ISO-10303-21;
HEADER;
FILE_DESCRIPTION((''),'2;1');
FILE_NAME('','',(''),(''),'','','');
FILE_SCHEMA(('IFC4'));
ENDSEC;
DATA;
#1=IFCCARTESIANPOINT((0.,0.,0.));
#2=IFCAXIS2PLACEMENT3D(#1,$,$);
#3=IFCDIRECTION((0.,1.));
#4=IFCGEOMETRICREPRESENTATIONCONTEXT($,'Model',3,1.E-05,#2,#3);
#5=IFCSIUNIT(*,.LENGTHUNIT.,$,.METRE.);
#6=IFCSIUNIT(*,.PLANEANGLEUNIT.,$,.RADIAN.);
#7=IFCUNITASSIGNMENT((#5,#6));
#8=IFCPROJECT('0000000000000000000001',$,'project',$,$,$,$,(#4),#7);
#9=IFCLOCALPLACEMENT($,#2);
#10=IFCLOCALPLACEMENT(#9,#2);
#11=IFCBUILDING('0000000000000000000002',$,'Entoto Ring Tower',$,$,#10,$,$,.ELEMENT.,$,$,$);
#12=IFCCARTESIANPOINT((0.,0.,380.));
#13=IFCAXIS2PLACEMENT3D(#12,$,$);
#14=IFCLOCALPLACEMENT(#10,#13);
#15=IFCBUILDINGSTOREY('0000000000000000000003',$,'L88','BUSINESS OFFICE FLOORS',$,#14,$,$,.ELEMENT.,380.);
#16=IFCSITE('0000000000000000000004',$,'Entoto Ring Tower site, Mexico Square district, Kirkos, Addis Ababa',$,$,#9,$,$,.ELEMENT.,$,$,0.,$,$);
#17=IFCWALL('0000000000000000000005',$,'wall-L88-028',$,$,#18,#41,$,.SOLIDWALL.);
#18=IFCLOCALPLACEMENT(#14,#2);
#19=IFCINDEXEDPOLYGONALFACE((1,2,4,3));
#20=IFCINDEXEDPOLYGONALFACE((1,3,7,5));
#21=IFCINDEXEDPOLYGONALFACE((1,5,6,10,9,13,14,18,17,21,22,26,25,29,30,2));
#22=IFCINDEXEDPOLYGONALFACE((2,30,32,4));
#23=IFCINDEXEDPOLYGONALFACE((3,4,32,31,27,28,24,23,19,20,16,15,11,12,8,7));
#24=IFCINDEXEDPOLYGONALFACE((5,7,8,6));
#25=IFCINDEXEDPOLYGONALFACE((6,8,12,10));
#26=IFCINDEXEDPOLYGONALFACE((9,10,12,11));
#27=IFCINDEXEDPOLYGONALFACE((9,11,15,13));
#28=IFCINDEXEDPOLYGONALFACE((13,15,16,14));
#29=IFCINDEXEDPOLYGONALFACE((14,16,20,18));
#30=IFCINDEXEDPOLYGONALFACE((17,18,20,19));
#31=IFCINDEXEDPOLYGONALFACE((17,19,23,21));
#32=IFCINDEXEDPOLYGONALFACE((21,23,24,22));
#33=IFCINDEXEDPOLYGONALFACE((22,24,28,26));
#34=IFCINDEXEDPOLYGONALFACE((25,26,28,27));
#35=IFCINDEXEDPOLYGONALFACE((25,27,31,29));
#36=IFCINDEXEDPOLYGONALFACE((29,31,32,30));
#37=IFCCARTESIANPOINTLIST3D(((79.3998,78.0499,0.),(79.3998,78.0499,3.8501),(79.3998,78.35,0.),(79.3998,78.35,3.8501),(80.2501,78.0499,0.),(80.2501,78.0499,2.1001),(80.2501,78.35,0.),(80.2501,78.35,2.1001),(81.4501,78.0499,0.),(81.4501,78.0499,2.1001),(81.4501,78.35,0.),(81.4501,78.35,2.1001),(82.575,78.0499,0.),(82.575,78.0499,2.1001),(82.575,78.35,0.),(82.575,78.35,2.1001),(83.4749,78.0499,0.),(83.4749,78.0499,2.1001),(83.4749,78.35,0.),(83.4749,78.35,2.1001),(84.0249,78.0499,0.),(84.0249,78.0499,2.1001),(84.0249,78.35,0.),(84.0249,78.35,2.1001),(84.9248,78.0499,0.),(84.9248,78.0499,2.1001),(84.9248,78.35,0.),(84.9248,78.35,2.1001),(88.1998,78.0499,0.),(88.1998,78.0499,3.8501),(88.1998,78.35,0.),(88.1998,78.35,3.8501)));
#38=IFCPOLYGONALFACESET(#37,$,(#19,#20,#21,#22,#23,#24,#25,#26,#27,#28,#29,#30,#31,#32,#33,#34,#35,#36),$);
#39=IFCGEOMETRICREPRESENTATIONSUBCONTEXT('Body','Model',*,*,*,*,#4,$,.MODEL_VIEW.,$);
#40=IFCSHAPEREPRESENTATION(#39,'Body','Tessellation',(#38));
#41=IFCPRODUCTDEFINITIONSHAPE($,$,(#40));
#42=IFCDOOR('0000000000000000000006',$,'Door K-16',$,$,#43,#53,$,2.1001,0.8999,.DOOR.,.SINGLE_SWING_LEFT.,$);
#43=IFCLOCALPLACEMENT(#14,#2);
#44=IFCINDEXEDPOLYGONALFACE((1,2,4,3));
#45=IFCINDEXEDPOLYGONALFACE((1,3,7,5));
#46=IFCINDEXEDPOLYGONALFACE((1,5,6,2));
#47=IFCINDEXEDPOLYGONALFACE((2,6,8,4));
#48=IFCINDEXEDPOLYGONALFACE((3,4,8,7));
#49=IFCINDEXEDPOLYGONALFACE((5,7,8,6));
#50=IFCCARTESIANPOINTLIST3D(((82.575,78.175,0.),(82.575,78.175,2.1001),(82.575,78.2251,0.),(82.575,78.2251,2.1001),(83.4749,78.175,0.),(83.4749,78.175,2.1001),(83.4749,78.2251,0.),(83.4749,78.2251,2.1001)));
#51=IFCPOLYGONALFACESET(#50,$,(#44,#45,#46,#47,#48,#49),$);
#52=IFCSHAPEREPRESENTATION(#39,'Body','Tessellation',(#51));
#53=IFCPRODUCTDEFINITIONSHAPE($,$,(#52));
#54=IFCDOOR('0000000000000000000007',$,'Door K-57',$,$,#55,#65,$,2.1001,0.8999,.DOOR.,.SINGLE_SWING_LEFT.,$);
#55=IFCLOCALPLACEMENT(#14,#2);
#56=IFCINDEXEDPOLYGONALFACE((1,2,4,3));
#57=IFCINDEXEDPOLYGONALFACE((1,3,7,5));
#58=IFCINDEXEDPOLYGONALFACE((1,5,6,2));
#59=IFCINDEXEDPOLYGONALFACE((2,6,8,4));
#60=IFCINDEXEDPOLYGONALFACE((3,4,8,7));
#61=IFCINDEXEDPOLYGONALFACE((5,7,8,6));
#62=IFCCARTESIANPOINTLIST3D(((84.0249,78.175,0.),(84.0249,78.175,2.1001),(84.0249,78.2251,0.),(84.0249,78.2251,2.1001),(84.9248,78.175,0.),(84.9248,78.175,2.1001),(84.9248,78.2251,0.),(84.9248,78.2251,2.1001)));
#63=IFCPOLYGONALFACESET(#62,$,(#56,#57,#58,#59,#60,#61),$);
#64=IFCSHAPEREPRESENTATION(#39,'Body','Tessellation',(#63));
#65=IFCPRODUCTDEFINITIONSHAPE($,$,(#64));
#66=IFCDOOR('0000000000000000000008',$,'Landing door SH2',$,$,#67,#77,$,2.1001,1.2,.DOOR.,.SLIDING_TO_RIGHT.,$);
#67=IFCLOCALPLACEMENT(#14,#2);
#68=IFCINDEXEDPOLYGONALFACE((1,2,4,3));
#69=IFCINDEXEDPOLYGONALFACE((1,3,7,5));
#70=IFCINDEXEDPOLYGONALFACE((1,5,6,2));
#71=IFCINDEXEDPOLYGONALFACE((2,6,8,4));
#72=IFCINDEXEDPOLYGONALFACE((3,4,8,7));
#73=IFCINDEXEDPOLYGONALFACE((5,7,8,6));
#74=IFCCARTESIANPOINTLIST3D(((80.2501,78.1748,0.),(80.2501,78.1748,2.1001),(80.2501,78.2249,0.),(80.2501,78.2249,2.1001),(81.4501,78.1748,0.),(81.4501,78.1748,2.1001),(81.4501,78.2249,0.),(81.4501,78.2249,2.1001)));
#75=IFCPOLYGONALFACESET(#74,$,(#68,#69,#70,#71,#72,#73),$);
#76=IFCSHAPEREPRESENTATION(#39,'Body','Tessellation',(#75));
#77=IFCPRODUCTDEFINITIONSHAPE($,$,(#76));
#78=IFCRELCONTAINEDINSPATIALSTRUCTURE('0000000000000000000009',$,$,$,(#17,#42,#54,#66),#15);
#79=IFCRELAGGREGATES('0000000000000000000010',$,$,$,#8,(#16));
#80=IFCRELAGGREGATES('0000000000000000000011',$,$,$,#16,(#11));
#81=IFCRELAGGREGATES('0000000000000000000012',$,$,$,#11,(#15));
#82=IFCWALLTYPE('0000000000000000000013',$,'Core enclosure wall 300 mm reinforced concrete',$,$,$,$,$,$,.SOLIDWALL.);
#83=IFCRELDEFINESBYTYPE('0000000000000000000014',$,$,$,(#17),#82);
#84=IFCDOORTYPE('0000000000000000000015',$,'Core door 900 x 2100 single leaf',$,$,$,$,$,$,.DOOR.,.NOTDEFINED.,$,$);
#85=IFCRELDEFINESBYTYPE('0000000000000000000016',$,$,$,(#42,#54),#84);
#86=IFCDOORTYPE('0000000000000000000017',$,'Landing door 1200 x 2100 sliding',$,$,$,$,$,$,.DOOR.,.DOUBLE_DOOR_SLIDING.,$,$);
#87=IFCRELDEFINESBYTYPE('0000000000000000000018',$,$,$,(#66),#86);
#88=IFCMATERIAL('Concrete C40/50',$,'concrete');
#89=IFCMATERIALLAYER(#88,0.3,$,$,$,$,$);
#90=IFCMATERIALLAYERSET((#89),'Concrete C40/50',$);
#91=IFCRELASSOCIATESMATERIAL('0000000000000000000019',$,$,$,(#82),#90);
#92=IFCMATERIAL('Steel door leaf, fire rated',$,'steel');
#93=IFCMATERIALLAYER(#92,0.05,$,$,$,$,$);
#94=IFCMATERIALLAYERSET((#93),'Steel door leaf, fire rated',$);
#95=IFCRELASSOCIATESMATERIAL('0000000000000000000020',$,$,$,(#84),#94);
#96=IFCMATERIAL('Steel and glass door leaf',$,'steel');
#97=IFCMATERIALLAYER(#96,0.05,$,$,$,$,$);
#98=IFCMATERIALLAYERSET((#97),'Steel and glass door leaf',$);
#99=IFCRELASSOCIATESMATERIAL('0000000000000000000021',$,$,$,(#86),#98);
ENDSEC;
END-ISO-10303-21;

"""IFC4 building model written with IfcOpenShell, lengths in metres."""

from ifc_helpers import new_model, si_unit, direction, frame, frame_2d, origin, place, context, subcontext, project, spatial, rectangle, extrude, material, layer, layer_set, type_object, element, fill, save


model = new_model("IFC4")

# Units and contexts
model_context = context("Model", 3, precision=1e-05, world=origin(), true_north=direction((0.0, 1.0)))
body_context = subcontext(model_context, "Body", "Model", "MODEL_VIEW")
ifc_project = project(units=[si_unit("LENGTHUNIT", "METRE"), si_unit("PLANEANGLEUNIT", "RADIAN")], contexts=[model_context])

# Site, building, storey
site_placement = place(None, origin())
site = spatial("IfcSite", under=ifc_project, at=site_placement, Name="Entoto Ring Tower site, Mexico Square district, Kirkos, Addis Ababa", CompositionType="ELEMENT", RefElevation=0.0)
building_placement = place(site_placement, origin())
building = spatial("IfcBuilding", under=site, at=building_placement, Name="Entoto Ring Tower", CompositionType="ELEMENT")
storey_placement = place(building_placement, frame((0.0, 0.0, 380.0)))
storey = spatial("IfcBuildingStorey", under=building, at=storey_placement, Name="L88", Description="BUSINESS OFFICE FLOORS", CompositionType="ELEMENT", Elevation=380.0)

# Shared definitions
ifc_material_1 = material(Name="Concrete C40/50", Category="concrete")
ifc_layer_1 = layer(ifc_material_1, 0.3)
ifc_layer_set_1 = layer_set([ifc_layer_1], Name="Concrete C40/50")
wall_type = type_object("IfcWallType", Name="Core enclosure wall 300 mm reinforced concrete", PredefinedType="SOLIDWALL", material=ifc_layer_set_1)

# Wall, openings, doors
wall_1_placement = place(storey_placement, frame((79.3999, 78.2, 0.0), z_axis=(0.0, 0.0, 1.0), x_axis=(1.0, 0.0, 0.0)))
wall_1 = element("IfcWall", 1, at=wall_1_placement, inside=storey, type_object=wall_type, Name="wall-L88-028", PredefinedType="SOLIDWALL", context=body_context, shape_type="SweptSolid", body=[
    extrude(rectangle(XDim=8.8, YDim=0.3, at=frame_2d((4.3999, 0.0))), origin(), (0.0, 0.0, 1.0), 3.8501),
])
opening_1_placement = place(wall_1_placement, frame((0.8501, 0.0, 0.0)))
opening_1 = element("IfcOpeningElement", 2, at=opening_1_placement, cuts=wall_1, PredefinedType="OPENING", context=body_context, shape_type="SweptSolid", body=[
    extrude(rectangle(XDim=1.2, YDim=2.1001, at=frame_2d((0.6001, 1.05))), frame((0.0, 0.1602, 0.0), z_axis=(0.0, -1.0, 0.0), x_axis=(1.0, 0.0, 0.0)), (0.0, 0.0, 1.0), 0.3201),
])
opening_2_placement = place(wall_1_placement, frame((3.175, 0.0, 0.0)))
opening_2 = element("IfcOpeningElement", 3, at=opening_2_placement, cuts=wall_1, PredefinedType="OPENING", context=body_context, shape_type="SweptSolid", body=[
    extrude(rectangle(XDim=0.8999, YDim=2.1001, at=frame_2d((0.45, 1.05))), frame((0.0, 0.1602, 0.0), z_axis=(0.0, -1.0, 0.0), x_axis=(1.0, 0.0, 0.0)), (0.0, 0.0, 1.0), 0.3201),
])
opening_3_placement = place(wall_1_placement, frame((4.625, 0.0, 0.0)))
opening_3 = element("IfcOpeningElement", 4, at=opening_3_placement, cuts=wall_1, PredefinedType="OPENING", context=body_context, shape_type="SweptSolid", body=[
    extrude(rectangle(XDim=0.8999, YDim=2.1001, at=frame_2d((0.45, 1.05))), frame((0.0, 0.1602, 0.0), z_axis=(0.0, -1.0, 0.0), x_axis=(1.0, 0.0, 0.0)), (0.0, 0.0, 1.0), 0.3201),
])
ifc_material_2 = material(Name="Steel door leaf, fire rated", Category="steel")
ifc_layer_2 = layer(ifc_material_2, 0.05)
ifc_layer_set_2 = layer_set([ifc_layer_2], Name="Steel door leaf, fire rated")
door_type_1 = type_object("IfcDoorType", Name="Core door 900 x 2100 single leaf", OperationType="NOTDEFINED", PredefinedType="DOOR", material=ifc_layer_set_2)
door_1_placement = place(opening_2_placement, frame((0.8999, 0.0, 0.0), z_axis=(0.0, 0.0, 1.0), x_axis=(-1.0, 0.0, 0.0)))
door_1 = element("IfcDoor", 5, at=door_1_placement, inside=storey, type_object=door_type_1, Name="Door K-16", OperationType="SINGLE_SWING_LEFT", OverallHeight=2.1001, OverallWidth=0.8999, PredefinedType="DOOR", context=body_context, shape_type="SweptSolid", body=[
    extrude(rectangle(XDim=0.8999, YDim=2.1001, at=frame_2d((0.45, 1.05))), frame((0.0, 0.0249, 0.0), z_axis=(0.0, -1.0, 0.0), x_axis=(1.0, 0.0, 0.0)), (0.0, 0.0, 1.0), 0.05),
])
fill(opening_2, door_1)
door_2_placement = place(opening_3_placement, frame((0.8999, 0.0, 0.0), z_axis=(0.0, 0.0, 1.0), x_axis=(-1.0, 0.0, 0.0)))
door_2 = element("IfcDoor", 6, at=door_2_placement, inside=storey, type_object=door_type_1, Name="Door K-57", OperationType="SINGLE_SWING_LEFT", OverallHeight=2.1001, OverallWidth=0.8999, PredefinedType="DOOR", context=body_context, shape_type="SweptSolid", body=[
    extrude(rectangle(XDim=0.8999, YDim=2.1001, at=frame_2d((0.45, 1.05))), frame((0.0, 0.0249, 0.0), z_axis=(0.0, -1.0, 0.0), x_axis=(1.0, 0.0, 0.0)), (0.0, 0.0, 1.0), 0.05),
])
fill(opening_3, door_2)
ifc_material_3 = material(Name="Steel and glass door leaf", Category="steel")
ifc_layer_3 = layer(ifc_material_3, 0.05)
ifc_layer_set_3 = layer_set([ifc_layer_3], Name="Steel and glass door leaf")
door_type_2 = type_object("IfcDoorType", Name="Landing door 1200 x 2100 sliding", OperationType="DOUBLE_DOOR_SLIDING", PredefinedType="DOOR", material=ifc_layer_set_3)
door_3_placement = place(opening_1_placement, origin())
door_3 = element("IfcDoor", 7, at=door_3_placement, inside=storey, type_object=door_type_2, Name="Landing door SH2", OperationType="SLIDING_TO_RIGHT", OverallHeight=2.1001, OverallWidth=1.2, PredefinedType="DOOR", context=body_context, shape_type="SweptSolid", body=[
    extrude(rectangle(XDim=1.2, YDim=2.1001, at=frame_2d((0.6001, 1.05))), frame((0.0, 0.0249, 0.0), z_axis=(0.0, -1.0, 0.0), x_axis=(1.0, 0.0, 0.0)), (0.0, 0.0, 1.0), 0.05),
])
fill(opening_1, door_3)

save(model, "model.ifc")
